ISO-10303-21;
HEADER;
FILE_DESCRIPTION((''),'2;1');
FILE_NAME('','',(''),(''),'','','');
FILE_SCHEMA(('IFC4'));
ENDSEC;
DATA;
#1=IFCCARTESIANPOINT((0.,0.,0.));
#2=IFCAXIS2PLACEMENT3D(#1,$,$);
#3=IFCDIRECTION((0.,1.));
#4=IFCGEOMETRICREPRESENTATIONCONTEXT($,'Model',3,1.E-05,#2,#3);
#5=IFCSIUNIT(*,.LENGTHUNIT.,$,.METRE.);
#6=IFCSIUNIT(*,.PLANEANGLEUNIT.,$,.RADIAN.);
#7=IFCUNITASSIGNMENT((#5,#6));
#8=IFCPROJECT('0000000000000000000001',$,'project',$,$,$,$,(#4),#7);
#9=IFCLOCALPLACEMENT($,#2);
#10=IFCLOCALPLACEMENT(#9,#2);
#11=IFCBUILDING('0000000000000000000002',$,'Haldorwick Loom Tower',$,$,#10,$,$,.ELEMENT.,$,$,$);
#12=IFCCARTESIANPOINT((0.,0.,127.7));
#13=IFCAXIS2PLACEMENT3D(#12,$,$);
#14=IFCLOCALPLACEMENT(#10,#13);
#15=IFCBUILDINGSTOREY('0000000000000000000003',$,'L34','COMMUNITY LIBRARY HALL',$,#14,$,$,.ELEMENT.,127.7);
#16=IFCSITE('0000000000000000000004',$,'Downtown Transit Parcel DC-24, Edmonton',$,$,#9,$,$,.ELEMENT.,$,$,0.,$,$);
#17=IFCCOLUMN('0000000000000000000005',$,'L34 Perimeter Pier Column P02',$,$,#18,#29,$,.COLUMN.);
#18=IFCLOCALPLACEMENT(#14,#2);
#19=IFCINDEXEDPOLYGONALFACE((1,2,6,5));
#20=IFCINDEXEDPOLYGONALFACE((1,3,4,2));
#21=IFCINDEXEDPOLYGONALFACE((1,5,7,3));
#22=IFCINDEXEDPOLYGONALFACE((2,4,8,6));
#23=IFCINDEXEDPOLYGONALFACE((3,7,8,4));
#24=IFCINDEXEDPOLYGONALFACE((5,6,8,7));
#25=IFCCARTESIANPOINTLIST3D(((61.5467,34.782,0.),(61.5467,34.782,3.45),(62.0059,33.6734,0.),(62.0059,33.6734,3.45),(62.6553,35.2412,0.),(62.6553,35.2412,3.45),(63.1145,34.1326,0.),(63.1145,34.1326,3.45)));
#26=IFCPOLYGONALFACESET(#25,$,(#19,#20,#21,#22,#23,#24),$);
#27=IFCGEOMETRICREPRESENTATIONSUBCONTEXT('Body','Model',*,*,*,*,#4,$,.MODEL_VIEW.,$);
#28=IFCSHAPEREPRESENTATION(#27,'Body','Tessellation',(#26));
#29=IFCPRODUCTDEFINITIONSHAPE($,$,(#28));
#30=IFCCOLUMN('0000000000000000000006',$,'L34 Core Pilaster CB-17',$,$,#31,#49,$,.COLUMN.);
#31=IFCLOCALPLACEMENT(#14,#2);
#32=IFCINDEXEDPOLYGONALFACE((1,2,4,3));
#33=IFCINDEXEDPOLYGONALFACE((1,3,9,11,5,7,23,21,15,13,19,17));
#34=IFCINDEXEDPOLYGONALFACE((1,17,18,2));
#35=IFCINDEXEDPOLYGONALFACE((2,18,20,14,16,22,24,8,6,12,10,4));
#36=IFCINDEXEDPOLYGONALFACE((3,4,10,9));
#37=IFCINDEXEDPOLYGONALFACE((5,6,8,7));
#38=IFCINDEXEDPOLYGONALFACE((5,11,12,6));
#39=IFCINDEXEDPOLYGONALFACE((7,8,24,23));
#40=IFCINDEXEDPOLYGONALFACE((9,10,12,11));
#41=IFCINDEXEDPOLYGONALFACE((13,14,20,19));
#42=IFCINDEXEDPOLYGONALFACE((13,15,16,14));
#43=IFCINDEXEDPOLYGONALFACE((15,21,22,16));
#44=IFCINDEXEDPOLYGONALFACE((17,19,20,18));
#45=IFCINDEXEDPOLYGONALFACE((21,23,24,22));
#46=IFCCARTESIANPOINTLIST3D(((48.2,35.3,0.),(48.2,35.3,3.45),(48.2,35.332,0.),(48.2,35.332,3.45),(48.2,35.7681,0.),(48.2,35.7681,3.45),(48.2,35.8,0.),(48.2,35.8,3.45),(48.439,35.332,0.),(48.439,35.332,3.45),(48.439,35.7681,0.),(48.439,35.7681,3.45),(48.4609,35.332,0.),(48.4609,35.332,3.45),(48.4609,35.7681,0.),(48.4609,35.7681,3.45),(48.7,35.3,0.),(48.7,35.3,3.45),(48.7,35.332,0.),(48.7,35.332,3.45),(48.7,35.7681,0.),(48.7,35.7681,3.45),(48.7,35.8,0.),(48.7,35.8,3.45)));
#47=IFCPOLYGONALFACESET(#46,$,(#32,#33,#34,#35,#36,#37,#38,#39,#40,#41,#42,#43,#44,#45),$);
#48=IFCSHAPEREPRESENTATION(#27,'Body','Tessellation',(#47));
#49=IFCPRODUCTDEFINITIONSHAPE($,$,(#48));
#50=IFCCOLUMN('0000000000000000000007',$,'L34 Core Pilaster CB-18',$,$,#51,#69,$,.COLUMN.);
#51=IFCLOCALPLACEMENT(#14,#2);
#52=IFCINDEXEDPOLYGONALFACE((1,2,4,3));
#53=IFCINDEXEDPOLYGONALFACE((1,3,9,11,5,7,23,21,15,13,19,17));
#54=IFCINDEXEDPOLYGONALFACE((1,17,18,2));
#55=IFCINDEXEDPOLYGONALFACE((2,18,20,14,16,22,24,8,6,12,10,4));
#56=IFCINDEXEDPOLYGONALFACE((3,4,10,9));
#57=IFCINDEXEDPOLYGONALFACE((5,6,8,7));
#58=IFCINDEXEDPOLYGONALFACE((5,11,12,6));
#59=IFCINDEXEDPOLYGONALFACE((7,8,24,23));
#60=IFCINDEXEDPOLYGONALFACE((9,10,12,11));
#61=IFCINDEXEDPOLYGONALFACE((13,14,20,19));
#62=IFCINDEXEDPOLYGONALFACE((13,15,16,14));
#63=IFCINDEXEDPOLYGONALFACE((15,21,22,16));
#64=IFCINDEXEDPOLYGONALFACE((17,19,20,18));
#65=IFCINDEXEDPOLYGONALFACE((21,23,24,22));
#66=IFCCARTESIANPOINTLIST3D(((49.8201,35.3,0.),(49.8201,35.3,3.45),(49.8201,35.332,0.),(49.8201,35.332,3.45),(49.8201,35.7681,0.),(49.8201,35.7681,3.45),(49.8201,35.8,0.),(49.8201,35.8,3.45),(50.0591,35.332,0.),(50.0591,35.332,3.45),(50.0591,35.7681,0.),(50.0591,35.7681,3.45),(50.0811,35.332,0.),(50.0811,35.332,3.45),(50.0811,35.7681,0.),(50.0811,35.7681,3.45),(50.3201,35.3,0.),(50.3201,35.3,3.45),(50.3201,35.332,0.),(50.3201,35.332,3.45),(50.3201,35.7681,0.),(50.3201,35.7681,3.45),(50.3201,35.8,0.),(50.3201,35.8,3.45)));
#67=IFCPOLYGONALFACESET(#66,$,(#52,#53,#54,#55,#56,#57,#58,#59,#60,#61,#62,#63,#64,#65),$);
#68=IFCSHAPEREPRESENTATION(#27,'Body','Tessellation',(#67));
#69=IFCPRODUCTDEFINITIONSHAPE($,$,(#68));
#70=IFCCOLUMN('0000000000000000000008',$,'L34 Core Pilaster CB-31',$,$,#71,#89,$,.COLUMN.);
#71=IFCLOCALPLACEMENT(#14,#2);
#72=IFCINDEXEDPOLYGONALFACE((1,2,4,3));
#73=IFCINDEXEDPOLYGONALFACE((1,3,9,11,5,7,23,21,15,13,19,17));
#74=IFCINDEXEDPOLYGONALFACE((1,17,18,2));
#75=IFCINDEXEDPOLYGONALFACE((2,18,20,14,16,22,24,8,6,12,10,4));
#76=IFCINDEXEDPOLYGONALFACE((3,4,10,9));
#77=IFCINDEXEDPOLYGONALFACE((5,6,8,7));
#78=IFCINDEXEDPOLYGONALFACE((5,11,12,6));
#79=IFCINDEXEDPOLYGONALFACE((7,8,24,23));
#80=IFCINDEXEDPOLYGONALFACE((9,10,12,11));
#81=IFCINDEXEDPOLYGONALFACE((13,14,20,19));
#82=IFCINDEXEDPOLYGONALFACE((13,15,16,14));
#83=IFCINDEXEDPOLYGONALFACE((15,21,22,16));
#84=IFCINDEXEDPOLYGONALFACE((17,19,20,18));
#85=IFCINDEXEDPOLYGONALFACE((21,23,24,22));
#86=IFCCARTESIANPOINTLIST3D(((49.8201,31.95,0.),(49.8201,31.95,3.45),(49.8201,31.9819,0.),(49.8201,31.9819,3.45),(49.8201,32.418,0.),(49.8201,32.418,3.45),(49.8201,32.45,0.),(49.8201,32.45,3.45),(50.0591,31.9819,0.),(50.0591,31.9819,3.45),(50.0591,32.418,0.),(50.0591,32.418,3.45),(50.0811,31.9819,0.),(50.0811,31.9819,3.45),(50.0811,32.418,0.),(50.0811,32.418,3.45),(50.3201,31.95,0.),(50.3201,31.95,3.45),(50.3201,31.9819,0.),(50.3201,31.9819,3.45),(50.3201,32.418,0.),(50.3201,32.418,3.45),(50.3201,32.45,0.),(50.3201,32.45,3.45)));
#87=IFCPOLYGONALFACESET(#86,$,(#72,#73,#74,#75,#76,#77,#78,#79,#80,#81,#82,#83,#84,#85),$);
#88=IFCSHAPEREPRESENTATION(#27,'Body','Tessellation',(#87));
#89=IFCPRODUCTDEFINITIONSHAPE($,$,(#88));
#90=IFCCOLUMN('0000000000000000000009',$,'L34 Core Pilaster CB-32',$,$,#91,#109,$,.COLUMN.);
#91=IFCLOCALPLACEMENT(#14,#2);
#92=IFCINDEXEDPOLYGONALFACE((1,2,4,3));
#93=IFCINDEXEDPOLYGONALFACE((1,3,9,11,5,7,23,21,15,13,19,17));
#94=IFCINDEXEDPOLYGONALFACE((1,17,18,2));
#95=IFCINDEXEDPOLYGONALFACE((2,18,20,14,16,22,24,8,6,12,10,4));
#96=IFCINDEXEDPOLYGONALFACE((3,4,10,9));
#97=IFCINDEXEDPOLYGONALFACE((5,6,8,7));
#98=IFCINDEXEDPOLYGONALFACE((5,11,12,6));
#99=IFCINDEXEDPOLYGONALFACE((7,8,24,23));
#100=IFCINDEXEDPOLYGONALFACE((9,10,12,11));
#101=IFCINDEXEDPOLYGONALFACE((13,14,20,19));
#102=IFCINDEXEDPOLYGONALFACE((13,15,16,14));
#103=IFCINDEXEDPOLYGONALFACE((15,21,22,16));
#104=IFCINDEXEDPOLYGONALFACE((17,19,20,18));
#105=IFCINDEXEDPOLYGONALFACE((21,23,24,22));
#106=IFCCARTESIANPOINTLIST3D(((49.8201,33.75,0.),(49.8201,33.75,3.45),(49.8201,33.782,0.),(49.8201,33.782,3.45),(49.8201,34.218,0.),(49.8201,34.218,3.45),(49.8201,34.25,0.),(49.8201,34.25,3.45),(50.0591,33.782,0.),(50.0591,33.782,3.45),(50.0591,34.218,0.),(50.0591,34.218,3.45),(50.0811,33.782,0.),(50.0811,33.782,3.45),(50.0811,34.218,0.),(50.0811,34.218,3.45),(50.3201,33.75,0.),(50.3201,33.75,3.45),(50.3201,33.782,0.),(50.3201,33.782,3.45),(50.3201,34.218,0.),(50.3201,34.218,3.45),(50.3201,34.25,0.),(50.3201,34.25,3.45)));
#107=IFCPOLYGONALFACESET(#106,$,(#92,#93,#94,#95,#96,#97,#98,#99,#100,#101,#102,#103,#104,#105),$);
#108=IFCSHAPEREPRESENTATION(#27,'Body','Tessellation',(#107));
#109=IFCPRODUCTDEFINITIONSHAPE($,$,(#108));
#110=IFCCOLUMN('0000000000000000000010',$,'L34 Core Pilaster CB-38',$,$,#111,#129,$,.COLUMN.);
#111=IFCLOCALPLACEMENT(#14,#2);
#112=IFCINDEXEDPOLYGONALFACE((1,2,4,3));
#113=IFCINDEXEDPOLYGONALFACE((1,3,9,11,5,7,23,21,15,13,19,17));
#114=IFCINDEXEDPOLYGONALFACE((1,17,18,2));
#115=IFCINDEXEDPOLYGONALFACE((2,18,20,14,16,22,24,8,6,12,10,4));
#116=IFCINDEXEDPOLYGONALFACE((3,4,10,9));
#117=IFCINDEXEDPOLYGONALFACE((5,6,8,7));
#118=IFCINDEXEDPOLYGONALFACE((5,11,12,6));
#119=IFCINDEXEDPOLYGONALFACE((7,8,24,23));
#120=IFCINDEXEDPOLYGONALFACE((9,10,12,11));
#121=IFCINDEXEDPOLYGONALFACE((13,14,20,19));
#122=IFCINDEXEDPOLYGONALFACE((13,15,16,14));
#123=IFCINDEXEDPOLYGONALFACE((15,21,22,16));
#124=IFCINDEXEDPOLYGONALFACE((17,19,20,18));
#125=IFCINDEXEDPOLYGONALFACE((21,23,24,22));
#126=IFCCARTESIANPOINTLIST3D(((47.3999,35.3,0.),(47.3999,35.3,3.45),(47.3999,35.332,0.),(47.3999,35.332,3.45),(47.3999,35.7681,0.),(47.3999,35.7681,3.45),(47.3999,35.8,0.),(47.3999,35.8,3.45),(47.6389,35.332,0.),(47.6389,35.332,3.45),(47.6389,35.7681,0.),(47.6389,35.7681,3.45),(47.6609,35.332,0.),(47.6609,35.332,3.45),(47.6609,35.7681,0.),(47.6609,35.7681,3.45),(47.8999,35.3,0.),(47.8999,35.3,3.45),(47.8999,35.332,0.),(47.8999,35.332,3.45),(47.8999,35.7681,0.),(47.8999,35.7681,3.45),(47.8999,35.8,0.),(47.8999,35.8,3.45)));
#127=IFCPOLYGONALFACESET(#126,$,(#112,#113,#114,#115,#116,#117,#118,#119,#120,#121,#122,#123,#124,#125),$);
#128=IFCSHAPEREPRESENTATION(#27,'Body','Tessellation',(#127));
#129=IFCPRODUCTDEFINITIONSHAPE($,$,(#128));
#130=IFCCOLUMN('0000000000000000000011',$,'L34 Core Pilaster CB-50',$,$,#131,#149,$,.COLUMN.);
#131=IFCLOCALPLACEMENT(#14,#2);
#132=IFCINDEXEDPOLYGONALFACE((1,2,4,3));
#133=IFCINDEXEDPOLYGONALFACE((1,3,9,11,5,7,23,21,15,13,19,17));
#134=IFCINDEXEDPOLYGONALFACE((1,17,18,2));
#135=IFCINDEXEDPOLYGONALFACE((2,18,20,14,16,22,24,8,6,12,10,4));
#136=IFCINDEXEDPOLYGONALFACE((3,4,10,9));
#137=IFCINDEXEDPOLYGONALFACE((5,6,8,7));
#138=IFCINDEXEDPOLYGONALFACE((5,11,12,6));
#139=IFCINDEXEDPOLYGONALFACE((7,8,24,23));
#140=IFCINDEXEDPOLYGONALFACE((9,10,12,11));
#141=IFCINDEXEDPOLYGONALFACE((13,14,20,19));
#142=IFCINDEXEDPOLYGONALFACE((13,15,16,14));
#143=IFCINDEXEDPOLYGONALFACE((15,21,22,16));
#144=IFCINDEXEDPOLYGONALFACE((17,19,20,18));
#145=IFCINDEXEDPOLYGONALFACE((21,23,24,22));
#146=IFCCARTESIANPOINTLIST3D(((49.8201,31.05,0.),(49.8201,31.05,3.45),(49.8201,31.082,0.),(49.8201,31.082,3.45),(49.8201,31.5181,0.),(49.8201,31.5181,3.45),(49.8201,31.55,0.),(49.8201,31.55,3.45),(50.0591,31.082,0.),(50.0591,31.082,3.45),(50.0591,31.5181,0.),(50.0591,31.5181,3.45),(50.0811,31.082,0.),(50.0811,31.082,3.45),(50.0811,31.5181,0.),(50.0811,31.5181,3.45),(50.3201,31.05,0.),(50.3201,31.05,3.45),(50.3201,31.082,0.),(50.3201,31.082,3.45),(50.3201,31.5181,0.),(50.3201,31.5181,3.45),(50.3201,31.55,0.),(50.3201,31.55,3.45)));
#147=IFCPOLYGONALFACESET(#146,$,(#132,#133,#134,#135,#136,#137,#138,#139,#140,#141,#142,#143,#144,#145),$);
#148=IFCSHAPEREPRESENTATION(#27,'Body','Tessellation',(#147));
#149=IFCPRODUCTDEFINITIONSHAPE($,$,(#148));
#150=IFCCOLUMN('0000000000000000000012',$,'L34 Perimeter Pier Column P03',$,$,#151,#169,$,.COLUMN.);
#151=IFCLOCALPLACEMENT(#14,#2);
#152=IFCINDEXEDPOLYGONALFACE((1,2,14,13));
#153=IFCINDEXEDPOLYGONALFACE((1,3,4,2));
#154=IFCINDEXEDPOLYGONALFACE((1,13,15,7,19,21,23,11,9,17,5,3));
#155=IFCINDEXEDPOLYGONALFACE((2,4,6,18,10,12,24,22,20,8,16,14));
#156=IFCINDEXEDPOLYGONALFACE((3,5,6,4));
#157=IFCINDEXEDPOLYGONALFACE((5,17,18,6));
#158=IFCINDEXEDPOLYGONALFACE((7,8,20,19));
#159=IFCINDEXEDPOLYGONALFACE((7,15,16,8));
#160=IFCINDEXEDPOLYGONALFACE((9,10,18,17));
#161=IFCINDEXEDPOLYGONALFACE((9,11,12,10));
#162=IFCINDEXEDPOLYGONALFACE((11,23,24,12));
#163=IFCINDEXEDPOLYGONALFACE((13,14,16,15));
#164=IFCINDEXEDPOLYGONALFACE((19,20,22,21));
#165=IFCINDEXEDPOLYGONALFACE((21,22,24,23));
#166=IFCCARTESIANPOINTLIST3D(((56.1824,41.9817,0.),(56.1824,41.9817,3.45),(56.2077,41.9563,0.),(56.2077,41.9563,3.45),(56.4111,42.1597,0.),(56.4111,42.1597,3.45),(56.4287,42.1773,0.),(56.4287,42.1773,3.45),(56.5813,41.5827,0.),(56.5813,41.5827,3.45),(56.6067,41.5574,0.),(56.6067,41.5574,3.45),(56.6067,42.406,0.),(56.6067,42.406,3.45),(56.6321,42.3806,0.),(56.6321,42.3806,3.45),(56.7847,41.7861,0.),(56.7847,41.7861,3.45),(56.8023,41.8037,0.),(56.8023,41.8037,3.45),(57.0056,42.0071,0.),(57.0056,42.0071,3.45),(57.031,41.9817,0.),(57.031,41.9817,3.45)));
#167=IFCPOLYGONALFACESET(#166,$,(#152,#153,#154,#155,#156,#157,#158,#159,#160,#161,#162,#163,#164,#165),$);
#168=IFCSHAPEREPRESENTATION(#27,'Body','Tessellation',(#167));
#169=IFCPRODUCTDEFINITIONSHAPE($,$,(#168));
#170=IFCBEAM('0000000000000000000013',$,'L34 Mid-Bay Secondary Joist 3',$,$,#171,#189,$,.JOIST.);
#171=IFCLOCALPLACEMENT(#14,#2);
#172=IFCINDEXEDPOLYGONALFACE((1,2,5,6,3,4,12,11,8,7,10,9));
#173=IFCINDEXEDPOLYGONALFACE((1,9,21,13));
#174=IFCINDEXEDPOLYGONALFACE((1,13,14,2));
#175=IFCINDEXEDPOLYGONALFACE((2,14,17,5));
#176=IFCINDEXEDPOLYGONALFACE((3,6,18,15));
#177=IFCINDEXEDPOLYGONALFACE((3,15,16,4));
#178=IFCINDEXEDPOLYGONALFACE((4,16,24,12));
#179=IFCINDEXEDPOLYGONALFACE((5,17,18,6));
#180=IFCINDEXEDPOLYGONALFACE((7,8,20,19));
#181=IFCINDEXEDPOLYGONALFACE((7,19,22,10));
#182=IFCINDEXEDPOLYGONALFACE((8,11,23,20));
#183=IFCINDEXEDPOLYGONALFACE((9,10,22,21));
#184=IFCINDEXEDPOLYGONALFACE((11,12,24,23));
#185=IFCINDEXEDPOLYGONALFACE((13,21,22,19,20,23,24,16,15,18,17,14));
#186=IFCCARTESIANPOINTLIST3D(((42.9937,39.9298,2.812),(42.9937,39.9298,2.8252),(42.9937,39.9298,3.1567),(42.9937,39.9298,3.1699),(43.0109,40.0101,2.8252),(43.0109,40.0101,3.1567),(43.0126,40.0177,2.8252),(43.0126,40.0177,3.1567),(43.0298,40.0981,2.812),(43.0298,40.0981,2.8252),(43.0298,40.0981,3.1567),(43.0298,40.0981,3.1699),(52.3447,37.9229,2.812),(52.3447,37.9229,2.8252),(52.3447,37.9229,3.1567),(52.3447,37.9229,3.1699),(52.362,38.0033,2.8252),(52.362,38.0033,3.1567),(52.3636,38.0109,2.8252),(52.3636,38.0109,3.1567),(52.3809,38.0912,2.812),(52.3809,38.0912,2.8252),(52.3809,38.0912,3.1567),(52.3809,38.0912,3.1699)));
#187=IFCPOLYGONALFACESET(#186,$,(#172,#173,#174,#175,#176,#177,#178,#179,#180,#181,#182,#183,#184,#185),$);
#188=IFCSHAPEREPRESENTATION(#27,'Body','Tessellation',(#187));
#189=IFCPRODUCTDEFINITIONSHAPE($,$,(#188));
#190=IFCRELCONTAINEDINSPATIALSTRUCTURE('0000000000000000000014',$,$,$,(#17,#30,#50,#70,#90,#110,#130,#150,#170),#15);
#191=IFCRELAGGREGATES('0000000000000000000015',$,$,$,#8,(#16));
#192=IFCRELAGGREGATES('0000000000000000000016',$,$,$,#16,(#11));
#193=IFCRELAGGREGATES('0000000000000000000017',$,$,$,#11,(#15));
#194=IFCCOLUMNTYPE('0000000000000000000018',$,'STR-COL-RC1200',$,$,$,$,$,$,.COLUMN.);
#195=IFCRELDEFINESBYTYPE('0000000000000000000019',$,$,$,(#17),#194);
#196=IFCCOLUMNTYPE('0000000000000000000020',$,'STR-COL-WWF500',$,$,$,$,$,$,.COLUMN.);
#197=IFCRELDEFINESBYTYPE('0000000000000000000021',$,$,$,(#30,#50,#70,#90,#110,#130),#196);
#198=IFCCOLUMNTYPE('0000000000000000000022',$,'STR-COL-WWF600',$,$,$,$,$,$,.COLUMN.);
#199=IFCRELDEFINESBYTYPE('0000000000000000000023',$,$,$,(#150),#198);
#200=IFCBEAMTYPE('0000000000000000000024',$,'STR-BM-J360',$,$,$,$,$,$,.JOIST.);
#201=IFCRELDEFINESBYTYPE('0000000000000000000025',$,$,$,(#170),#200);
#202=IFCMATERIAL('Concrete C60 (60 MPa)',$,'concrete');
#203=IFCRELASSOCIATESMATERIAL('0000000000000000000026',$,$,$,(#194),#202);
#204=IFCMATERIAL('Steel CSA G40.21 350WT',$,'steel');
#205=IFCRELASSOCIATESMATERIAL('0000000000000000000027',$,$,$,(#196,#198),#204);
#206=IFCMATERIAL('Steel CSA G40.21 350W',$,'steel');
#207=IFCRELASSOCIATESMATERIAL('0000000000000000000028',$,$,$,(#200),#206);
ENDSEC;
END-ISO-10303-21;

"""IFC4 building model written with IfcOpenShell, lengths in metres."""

from ifc_helpers import new_model, si_unit, direction, frame, origin, origin_2d, place, context, subcontext, project, spatial, rectangle, i_section, extrude, material, material_profile, profile_set, type_object, element, save


model = new_model("IFC4")

# Units and contexts
model_context = context("Model", 3, precision=1e-05, world=origin(), true_north=direction((0.0, 1.0)))
body_context = subcontext(model_context, "Body", "Model", "MODEL_VIEW")
ifc_project = project(units=[si_unit("LENGTHUNIT", "METRE"), si_unit("PLANEANGLEUNIT", "RADIAN")], contexts=[model_context])

# Site, building, storey
site_placement = place(None, origin())
site = spatial("IfcSite", under=ifc_project, at=site_placement, Name="Downtown Transit Parcel DC-24, Edmonton", CompositionType="ELEMENT", RefElevation=0.0)
building_placement = place(site_placement, origin())
building = spatial("IfcBuilding", under=site, at=building_placement, Name="Haldorwick Loom Tower", CompositionType="ELEMENT")
storey_placement = place(building_placement, frame((0.0, 0.0, 127.7)))
storey = spatial("IfcBuildingStorey", under=building, at=storey_placement, Name="L34", Description="COMMUNITY LIBRARY HALL", CompositionType="ELEMENT", Elevation=127.7)

# Columns
ifc_material_1 = material(Name="Concrete C60 (60 MPa)", Category="concrete")
ifc_material_profile_1 = material_profile(ifc_material_1, rectangle(XDim=1.2, YDim=1.2, at=origin_2d()), Name="RC1200X1200", Category="concrete")
ifc_profile_set_1 = profile_set([ifc_material_profile_1], Name="Concrete C60 (60 MPa)")
column_type_1 = type_object("IfcColumnType", Name="STR-COL-RC1200", PredefinedType="COLUMN", material=ifc_profile_set_1)
column_1_placement = place(storey_placement, frame((62.3306, 34.4573, 0.0), z_axis=(0.0, 0.0, 1.0), x_axis=(0.92388, 0.382683, 0.0)))
element("IfcColumn", 1, at=column_1_placement, inside=storey, type_object=column_type_1, Name="L34 Perimeter Pier Column P02", PredefinedType="COLUMN", context=body_context, shape_type="SweptSolid", body=[
    extrude(rectangle(XDim=1.2, YDim=1.2, at=origin_2d()), origin(), (0.0, 0.0, 1.0), 3.45),
])
ifc_material_2 = material(Name="Steel CSA G40.21 350WT", Category="steel")
ifc_material_profile_2 = material_profile(ifc_material_2, i_section(OverallWidth=0.5, OverallDepth=0.5, WebThickness=0.022, FlangeThickness=0.032, at=origin_2d()), Name="WWF500X500", Category="steel")
ifc_profile_set_2 = profile_set([ifc_material_profile_2], Name="Steel CSA G40.21 350WT")
column_type_2 = type_object("IfcColumnType", Name="STR-COL-WWF500", PredefinedType="COLUMN", material=ifc_profile_set_2)
for number, where, z_axis, x_axis, name in (
    (2, (48.45, 35.55, 0.0), (0.0, 0.0, 1.0), (1.0, 0.0, 0.0), "L34 Core Pilaster CB-17"),
    (3, (50.0701, 35.55, 0.0), (0.0, 0.0, 1.0), (1.0, 0.0, 0.0), "L34 Core Pilaster CB-18"),
    (4, (50.0701, 32.2, 0.0), (0.0, 0.0, 1.0), (1.0, 0.0, 0.0), "L34 Core Pilaster CB-31"),
    (5, (50.0701, 34.0, 0.0), (0.0, 0.0, 1.0), (1.0, 0.0, 0.0), "L34 Core Pilaster CB-32"),
    (6, (47.6499, 35.55, 0.0), (0.0, 0.0, 1.0), (1.0, 0.0, 0.0), "L34 Core Pilaster CB-38"),
    (7, (50.0701, 31.3, 0.0), (0.0, 0.0, 1.0), (1.0, 0.0, 0.0), "L34 Core Pilaster CB-50"),
):
    element("IfcColumn", number, at=place(storey_placement, frame(where, z_axis=z_axis, x_axis=x_axis)), inside=storey, type_object=column_type_2, Name=name, PredefinedType="COLUMN", context=body_context, shape_type="SweptSolid", body=[
        extrude(i_section(OverallWidth=0.5, OverallDepth=0.5, WebThickness=0.022, FlangeThickness=0.032, at=origin_2d()), origin(), (0.0, 0.0, 1.0), 3.45),
    ])
ifc_material_profile_3 = material_profile(ifc_material_2, i_section(OverallWidth=0.6001, OverallDepth=0.6001, WebThickness=0.0249, FlangeThickness=0.0359, at=origin_2d()), Name="WWF600X600", Category="steel")
ifc_profile_set_3 = profile_set([ifc_material_profile_3], Name="Steel CSA G40.21 350WT")
column_type_3 = type_object("IfcColumnType", Name="STR-COL-WWF600", PredefinedType="COLUMN", material=ifc_profile_set_3)
column_2_placement = place(storey_placement, frame((56.6067, 41.9817, 0.0), z_axis=(0.0, 0.0, 1.0), x_axis=(0.707107, 0.707107, 0.0)))
element("IfcColumn", 8, at=column_2_placement, inside=storey, type_object=column_type_3, Name="L34 Perimeter Pier Column P03", PredefinedType="COLUMN", context=body_context, shape_type="SweptSolid", body=[
    extrude(i_section(OverallWidth=0.6001, OverallDepth=0.6001, WebThickness=0.0249, FlangeThickness=0.0359, at=origin_2d()), origin(), (0.0, 0.0, 1.0), 3.45),
])

# Beam
ifc_material_3 = material(Name="Steel CSA G40.21 350W", Category="steel")
ifc_material_profile_4 = material_profile(ifc_material_3, i_section(OverallWidth=0.1721, OverallDepth=0.3579, WebThickness=0.0078, FlangeThickness=0.0132, at=origin_2d()), Name="W360X57", Category="steel")
ifc_profile_set_4 = profile_set([ifc_material_profile_4], Name="Steel CSA G40.21 350W")
beam_type_1 = type_object("IfcBeamType", Name="STR-BM-J360", PredefinedType="JOIST", material=ifc_profile_set_4)
beam_1_placement = place(storey_placement, frame((52.3628, 38.0071, 2.991), z_axis=(-0.977737, 0.209832, 0.0), x_axis=(-0.209832, -0.977737, 0.0)))
element("IfcBeam", 9, at=beam_1_placement, inside=storey, type_object=beam_type_1, Name="L34 Mid-Bay Secondary Joist 3", PredefinedType="JOIST", context=body_context, shape_type="SweptSolid", body=[
    extrude(i_section(OverallWidth=0.1721, OverallDepth=0.3579, WebThickness=0.0078, FlangeThickness=0.0132, at=origin_2d()), origin(), (0.0, 0.0, 1.0), 9.564),
])

save(model, "model.ifc")
